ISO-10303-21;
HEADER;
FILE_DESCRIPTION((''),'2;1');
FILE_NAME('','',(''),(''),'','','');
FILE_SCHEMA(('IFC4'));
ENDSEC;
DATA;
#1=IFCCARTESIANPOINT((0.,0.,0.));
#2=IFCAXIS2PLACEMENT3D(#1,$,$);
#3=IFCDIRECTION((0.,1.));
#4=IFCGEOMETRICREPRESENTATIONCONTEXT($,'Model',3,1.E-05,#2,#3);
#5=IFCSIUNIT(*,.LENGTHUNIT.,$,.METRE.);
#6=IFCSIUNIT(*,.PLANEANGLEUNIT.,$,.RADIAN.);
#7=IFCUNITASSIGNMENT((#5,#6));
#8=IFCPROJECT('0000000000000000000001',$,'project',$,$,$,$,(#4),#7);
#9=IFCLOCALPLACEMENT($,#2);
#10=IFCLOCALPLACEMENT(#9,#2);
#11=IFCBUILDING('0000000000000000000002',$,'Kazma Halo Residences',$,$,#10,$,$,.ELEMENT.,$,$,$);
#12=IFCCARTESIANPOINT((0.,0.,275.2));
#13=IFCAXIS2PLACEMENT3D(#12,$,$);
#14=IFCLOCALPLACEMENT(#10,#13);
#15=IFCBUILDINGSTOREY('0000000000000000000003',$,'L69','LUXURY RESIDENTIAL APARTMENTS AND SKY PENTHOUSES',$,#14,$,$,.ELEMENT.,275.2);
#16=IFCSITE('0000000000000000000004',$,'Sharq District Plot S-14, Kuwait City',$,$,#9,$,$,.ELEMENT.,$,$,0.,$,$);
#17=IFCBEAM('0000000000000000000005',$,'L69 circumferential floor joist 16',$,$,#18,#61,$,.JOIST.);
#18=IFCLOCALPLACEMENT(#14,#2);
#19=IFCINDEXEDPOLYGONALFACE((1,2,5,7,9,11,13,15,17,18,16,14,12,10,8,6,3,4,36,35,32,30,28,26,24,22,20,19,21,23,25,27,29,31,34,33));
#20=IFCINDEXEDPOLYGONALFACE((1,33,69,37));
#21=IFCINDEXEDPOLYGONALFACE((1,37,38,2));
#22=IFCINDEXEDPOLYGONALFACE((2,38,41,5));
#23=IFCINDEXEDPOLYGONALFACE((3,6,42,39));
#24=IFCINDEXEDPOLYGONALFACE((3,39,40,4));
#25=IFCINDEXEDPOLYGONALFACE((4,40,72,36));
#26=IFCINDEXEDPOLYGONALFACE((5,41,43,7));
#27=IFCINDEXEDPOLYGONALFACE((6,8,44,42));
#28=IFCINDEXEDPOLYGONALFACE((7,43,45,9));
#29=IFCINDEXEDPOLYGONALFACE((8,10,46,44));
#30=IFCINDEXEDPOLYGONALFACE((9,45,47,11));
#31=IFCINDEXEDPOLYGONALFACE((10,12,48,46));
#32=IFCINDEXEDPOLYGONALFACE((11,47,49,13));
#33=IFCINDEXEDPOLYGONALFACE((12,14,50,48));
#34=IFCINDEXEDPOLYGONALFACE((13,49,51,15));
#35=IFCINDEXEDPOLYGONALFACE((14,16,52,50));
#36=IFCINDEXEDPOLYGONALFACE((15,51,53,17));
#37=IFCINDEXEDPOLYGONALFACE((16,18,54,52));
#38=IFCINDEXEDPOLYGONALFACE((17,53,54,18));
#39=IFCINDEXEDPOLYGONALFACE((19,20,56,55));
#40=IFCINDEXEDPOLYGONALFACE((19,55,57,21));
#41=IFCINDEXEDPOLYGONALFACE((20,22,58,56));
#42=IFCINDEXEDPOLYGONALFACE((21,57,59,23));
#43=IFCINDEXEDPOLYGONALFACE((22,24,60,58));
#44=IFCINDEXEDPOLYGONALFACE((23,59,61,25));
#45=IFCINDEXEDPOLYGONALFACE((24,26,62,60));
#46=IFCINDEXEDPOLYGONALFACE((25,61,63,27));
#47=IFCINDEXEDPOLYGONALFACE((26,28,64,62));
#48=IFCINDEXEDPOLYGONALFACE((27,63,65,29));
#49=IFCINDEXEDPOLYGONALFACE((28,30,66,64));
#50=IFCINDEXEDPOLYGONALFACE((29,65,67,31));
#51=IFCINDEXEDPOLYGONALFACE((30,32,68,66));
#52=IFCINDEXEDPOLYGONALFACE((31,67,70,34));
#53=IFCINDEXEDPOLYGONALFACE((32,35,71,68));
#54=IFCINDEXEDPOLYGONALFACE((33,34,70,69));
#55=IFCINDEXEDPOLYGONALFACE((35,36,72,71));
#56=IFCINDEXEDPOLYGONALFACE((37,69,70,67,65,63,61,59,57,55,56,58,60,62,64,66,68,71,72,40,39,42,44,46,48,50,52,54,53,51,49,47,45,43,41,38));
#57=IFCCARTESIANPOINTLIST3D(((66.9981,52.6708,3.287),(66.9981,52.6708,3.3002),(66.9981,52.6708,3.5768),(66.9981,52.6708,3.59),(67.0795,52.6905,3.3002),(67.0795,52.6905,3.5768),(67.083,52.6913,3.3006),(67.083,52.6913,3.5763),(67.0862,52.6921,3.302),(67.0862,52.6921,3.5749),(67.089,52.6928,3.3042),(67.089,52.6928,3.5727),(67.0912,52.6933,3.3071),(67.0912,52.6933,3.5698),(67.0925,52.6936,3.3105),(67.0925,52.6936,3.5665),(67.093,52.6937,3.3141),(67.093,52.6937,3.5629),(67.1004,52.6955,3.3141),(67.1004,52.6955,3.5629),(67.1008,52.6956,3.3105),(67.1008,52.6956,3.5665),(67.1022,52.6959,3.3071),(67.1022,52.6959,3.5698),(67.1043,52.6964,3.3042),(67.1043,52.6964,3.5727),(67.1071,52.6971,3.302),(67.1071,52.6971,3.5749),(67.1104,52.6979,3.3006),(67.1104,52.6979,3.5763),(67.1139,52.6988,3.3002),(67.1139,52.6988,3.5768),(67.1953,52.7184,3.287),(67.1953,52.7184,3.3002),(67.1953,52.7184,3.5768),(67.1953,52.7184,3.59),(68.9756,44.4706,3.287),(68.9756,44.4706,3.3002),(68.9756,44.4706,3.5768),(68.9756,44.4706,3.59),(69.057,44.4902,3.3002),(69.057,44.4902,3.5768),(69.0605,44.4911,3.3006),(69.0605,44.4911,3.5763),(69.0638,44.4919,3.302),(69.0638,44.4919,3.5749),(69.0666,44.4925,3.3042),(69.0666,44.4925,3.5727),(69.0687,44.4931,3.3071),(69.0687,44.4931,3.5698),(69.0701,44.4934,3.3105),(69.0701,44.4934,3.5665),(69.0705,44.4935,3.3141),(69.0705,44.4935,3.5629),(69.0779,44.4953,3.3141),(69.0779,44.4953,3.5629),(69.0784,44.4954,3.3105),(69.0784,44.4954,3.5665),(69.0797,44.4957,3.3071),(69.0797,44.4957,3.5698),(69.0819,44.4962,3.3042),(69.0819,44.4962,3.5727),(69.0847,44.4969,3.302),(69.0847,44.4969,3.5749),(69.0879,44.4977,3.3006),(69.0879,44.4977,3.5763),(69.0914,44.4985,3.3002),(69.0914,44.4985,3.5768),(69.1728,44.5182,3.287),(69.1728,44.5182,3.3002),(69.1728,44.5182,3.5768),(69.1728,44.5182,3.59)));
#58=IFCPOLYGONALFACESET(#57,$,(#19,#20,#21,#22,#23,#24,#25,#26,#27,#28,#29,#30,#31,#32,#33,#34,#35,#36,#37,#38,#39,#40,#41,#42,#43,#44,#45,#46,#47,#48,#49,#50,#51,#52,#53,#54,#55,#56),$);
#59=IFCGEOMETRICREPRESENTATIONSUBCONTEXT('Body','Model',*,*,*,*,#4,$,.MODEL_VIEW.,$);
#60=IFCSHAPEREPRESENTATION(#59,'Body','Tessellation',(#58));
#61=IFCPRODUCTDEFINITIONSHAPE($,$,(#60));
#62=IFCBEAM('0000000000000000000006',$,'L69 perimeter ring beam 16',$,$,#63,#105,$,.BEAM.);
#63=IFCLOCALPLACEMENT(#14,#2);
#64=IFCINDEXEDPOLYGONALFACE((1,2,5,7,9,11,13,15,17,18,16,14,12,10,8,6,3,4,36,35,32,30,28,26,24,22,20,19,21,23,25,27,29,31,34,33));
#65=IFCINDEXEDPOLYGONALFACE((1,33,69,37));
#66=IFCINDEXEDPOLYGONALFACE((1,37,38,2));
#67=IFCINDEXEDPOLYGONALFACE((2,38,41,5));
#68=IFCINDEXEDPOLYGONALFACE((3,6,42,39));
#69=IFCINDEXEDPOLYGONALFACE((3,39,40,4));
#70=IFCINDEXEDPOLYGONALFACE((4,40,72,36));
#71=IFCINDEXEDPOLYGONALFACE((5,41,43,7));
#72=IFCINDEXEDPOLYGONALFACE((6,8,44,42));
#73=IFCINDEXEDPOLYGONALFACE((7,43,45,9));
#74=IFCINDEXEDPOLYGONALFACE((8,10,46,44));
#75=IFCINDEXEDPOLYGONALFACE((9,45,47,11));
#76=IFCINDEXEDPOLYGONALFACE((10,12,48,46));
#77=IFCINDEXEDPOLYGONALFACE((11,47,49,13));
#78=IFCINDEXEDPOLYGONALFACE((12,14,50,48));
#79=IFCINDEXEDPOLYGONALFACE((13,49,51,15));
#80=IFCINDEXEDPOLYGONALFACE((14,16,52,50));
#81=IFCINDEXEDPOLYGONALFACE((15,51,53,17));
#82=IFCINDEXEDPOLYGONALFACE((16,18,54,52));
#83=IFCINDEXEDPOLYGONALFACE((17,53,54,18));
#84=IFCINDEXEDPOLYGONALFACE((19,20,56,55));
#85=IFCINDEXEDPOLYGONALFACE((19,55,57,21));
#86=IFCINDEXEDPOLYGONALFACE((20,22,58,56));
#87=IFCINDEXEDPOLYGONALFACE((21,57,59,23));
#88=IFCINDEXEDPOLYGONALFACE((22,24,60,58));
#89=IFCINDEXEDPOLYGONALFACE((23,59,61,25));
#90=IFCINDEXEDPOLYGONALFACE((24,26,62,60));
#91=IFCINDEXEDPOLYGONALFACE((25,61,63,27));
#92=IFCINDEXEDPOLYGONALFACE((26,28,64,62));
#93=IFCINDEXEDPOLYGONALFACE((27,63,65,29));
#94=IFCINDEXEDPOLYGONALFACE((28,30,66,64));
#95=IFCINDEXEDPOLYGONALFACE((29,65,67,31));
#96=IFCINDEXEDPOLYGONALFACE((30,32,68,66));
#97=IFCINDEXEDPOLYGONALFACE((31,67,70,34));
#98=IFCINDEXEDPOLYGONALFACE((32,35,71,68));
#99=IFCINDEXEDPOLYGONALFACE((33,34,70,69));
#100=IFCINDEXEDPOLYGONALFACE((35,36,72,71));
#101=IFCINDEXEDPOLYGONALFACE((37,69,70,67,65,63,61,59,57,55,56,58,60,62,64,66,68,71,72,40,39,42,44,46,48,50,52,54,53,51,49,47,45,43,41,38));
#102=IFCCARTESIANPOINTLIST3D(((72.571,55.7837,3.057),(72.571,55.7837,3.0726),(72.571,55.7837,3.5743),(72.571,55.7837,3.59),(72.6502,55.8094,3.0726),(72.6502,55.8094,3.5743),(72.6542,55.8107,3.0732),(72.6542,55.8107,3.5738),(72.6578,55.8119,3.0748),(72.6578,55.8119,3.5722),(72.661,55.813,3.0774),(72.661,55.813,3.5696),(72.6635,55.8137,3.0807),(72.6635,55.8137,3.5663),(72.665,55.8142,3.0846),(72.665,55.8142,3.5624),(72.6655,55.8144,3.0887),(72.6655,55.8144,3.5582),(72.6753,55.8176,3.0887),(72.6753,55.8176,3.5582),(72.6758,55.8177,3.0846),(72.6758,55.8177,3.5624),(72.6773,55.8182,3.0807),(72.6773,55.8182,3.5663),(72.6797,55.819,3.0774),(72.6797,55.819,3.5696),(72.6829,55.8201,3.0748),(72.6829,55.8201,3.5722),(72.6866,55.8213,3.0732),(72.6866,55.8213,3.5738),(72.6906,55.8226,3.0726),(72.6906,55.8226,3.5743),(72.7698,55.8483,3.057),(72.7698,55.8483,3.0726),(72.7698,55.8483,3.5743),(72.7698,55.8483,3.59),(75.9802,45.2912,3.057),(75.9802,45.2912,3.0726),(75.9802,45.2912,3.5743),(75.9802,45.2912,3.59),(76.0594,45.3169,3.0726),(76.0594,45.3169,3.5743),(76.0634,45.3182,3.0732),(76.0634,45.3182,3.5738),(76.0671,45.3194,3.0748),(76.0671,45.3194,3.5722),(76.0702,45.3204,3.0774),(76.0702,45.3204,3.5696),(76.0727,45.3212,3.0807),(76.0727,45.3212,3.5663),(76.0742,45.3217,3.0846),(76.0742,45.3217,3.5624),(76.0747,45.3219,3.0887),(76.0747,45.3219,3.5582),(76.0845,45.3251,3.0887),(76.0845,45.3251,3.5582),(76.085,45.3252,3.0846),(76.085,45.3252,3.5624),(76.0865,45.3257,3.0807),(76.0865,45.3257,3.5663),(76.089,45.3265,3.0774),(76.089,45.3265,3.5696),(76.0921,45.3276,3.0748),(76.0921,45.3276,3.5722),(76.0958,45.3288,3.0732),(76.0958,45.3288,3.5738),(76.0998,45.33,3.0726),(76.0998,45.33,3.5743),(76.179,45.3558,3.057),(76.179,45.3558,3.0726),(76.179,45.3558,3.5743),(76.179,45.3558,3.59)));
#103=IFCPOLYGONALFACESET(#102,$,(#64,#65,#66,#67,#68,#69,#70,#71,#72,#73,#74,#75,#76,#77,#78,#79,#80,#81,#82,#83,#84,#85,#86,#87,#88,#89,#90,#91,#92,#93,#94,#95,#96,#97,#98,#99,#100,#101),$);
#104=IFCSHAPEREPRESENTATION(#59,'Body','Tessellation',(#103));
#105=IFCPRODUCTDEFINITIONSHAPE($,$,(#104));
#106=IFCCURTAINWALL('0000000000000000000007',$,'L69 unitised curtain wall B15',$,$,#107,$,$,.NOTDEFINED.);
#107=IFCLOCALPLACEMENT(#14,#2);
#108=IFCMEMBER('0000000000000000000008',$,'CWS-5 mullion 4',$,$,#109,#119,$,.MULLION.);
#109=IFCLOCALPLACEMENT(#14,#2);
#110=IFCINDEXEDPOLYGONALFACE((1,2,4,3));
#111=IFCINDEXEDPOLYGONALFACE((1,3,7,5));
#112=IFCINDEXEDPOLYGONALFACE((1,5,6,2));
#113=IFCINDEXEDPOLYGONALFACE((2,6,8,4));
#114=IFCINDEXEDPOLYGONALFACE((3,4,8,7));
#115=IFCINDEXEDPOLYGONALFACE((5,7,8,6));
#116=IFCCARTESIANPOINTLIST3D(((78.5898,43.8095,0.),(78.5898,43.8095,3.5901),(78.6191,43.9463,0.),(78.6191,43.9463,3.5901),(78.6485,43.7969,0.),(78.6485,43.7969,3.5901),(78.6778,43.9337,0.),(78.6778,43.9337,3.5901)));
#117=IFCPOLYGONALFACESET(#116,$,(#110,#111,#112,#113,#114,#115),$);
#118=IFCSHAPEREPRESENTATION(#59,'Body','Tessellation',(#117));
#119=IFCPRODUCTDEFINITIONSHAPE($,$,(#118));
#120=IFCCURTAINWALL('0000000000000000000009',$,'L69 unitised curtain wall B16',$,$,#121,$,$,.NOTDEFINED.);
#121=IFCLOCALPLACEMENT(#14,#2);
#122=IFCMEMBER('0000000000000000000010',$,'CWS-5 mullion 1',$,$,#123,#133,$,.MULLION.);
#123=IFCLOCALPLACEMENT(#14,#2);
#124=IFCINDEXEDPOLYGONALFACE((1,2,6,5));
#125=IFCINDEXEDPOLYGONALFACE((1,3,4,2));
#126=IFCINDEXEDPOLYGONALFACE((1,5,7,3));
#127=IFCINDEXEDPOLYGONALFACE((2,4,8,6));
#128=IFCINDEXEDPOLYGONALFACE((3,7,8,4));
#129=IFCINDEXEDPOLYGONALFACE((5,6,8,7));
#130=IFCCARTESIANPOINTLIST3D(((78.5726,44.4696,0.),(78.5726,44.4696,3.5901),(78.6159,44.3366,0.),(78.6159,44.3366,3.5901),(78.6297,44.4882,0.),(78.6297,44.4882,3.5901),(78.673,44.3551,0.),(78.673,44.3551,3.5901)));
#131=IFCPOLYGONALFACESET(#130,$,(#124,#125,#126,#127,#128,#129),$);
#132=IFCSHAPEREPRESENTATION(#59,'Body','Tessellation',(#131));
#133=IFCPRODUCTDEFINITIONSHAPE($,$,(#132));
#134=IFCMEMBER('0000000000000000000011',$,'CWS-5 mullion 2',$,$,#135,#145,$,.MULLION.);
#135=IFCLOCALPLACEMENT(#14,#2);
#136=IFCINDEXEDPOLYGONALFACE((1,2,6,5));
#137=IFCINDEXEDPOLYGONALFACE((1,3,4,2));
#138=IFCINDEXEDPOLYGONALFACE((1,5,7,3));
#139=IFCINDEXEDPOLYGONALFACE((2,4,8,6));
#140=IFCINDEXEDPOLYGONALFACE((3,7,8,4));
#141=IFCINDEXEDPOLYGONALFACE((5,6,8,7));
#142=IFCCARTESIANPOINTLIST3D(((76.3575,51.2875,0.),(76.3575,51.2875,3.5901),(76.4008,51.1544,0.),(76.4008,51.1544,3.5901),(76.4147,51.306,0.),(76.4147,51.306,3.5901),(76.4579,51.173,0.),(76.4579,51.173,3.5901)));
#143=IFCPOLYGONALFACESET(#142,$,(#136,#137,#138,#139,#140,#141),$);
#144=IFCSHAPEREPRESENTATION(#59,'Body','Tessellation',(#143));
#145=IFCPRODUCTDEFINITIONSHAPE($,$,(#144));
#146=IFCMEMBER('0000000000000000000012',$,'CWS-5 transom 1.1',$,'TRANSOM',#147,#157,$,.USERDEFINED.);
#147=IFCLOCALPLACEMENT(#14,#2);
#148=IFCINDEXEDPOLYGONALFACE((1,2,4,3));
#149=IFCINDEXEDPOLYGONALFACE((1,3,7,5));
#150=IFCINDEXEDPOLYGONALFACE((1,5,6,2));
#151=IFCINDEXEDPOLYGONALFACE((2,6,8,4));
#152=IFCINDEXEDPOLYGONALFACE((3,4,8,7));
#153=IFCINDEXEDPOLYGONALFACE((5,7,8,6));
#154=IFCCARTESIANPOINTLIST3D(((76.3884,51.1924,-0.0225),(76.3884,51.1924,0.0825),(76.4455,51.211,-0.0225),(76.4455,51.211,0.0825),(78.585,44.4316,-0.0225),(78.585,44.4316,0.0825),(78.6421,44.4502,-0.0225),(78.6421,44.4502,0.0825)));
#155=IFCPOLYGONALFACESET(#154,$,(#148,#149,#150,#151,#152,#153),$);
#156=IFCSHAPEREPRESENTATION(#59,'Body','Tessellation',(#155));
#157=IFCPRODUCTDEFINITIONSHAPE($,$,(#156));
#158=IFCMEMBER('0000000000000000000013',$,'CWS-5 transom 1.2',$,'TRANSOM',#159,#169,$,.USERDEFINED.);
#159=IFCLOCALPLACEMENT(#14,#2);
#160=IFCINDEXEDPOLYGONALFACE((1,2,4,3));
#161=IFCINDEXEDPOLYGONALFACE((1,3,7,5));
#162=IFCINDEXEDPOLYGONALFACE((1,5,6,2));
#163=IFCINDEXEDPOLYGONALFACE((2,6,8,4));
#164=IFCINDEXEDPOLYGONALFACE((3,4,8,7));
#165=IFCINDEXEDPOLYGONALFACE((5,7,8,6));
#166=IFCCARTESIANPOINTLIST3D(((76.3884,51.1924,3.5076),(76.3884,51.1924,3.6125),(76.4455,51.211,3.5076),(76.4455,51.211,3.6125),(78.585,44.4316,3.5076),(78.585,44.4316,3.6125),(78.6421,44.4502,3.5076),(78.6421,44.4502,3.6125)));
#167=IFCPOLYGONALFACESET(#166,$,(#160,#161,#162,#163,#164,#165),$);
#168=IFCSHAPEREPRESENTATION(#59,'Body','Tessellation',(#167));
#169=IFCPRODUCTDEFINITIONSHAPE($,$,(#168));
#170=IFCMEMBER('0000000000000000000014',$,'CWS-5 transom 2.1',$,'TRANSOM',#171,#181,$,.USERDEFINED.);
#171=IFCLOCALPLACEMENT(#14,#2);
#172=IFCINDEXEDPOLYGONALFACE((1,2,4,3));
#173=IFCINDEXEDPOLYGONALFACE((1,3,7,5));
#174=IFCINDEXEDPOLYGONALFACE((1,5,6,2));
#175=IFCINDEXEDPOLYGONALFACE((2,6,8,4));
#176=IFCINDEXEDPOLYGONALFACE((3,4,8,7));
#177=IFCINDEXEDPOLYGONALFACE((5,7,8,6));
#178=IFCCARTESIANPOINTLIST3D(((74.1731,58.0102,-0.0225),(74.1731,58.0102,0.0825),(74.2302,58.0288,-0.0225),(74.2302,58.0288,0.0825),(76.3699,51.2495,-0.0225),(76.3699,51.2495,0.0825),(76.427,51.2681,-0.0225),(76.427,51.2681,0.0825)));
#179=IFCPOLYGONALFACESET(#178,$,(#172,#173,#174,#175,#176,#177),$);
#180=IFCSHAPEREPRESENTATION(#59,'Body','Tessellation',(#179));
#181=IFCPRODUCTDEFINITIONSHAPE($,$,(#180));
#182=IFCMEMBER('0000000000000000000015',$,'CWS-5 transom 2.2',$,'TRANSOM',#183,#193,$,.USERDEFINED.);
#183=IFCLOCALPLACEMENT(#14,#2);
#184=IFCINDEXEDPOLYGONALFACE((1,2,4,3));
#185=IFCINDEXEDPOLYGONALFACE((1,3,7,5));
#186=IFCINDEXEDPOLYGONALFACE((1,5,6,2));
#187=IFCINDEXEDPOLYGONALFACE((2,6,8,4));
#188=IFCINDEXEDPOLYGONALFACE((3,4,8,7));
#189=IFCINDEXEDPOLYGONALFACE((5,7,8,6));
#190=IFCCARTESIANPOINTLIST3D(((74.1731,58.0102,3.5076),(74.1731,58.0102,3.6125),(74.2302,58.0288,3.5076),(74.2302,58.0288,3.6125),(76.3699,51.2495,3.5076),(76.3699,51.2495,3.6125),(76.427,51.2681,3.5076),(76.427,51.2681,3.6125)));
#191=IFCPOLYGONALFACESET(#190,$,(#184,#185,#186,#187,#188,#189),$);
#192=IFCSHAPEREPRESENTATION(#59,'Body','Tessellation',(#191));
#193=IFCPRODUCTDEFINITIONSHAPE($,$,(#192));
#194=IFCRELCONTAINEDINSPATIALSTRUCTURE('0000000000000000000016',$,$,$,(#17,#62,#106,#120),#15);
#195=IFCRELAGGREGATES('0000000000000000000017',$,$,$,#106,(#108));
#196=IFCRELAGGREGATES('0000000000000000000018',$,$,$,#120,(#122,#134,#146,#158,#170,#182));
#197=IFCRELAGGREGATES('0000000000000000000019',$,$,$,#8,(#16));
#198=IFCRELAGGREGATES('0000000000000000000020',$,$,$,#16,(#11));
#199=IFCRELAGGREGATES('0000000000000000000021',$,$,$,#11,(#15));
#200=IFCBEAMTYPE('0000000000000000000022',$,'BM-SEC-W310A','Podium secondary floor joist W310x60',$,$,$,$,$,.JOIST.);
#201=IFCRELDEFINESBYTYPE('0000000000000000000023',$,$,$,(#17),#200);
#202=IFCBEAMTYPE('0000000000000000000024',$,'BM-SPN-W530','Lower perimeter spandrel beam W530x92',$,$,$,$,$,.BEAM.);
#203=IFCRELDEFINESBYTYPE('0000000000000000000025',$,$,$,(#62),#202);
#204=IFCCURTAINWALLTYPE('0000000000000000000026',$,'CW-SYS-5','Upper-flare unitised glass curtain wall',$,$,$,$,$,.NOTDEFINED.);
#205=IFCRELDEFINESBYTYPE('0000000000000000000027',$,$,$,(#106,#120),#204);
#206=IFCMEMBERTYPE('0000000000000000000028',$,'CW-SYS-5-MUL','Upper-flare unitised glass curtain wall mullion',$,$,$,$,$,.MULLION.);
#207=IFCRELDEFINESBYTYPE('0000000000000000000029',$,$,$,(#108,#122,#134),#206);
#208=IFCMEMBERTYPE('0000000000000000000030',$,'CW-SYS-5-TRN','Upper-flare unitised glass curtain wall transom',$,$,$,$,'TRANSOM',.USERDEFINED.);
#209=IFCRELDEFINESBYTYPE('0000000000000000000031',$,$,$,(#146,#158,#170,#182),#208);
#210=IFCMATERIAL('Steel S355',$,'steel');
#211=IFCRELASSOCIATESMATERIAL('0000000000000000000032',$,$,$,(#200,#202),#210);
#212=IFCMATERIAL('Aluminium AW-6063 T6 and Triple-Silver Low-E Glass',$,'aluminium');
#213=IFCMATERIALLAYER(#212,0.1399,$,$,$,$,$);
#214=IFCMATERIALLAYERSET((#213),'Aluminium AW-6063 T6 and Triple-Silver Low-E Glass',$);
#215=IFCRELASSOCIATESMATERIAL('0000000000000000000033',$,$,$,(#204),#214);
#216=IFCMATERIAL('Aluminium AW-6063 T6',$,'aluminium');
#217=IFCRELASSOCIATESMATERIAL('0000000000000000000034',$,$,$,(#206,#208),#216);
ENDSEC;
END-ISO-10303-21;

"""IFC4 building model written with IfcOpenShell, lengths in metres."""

from ifc_helpers import new_model, si_unit, direction, frame, origin, origin_2d, place, context, subcontext, project, spatial, rectangle, i_section, extrude, material, layer, layer_set, material_profile, profile_set, type_object, element, aggregate, save


model = new_model("IFC4")

# Units and contexts
model_context = context("Model", 3, precision=1e-05, world=origin(), true_north=direction((0.0, 1.0)))
body_context = subcontext(model_context, "Body", "Model", "MODEL_VIEW")
ifc_project = project(units=[si_unit("LENGTHUNIT", "METRE"), si_unit("PLANEANGLEUNIT", "RADIAN")], contexts=[model_context])

# Site, building, storey
site_placement = place(None, origin())
site = spatial("IfcSite", under=ifc_project, at=site_placement, Name="Sharq District Plot S-14, Kuwait City", CompositionType="ELEMENT", RefElevation=0.0)
building_placement = place(site_placement, origin())
building = spatial("IfcBuilding", under=site, at=building_placement, Name="Kazma Halo Residences", CompositionType="ELEMENT")
storey_placement = place(building_placement, frame((0.0, 0.0, 275.2)))
storey = spatial("IfcBuildingStorey", under=building, at=storey_placement, Name="L69", Description="LUXURY RESIDENTIAL APARTMENTS AND SKY PENTHOUSES", CompositionType="ELEMENT", Elevation=275.2)

# Beams
ifc_material_1 = material(Name="Steel S355", Category="steel")
ifc_material_profile_1 = material_profile(ifc_material_1, i_section(OverallWidth=0.2029, OverallDepth=0.303, WebThickness=0.0076, FlangeThickness=0.0132, FilletRadius=0.0139, at=origin_2d()), Name="W310x60")
ifc_profile_set_1 = profile_set([ifc_material_profile_1], Name="Steel S355")
beam_type_1 = type_object("IfcBeamType", Name="BM-SEC-W310A", Description="Podium secondary floor joist W310x60", PredefinedType="JOIST", material=ifc_profile_set_1)
beam_1_placement = place(storey_placement, frame((69.0742, 44.4944, 3.4385), z_axis=(-0.234437, 0.972131, 0.0), x_axis=(-0.972131, -0.234437, 0.0)))
element("IfcBeam", 1, at=beam_1_placement, inside=storey, type_object=beam_type_1, Name="L69 circumferential floor joist 16", PredefinedType="JOIST", context=body_context, shape_type="SweptSolid", body=[
    extrude(i_section(OverallWidth=0.2029, OverallDepth=0.303, WebThickness=0.0076, FlangeThickness=0.0132, FilletRadius=0.0139, at=origin_2d()), origin(), (0.0, 0.0, 1.0), 8.4353),
])
ifc_material_profile_2 = material_profile(ifc_material_1, i_section(OverallWidth=0.209, OverallDepth=0.533, WebThickness=0.0103, FlangeThickness=0.0156, FilletRadius=0.0161, at=origin_2d()), Name="W530x92")
ifc_profile_set_2 = profile_set([ifc_material_profile_2], Name="Steel S355")
beam_type_2 = type_object("IfcBeamType", Name="BM-SPN-W530", Description="Lower perimeter spandrel beam W530x92", PredefinedType="BEAM", material=ifc_profile_set_2)
beam_2_placement = place(storey_placement, frame((76.0796, 45.3235, 3.3235), z_axis=(-0.309016, 0.951057, 0.0), x_axis=(-0.951057, -0.309016, 0.0)))
element("IfcBeam", 2, at=beam_2_placement, inside=storey, type_object=beam_type_2, Name="L69 perimeter ring beam 16", PredefinedType="BEAM", context=body_context, shape_type="SweptSolid", body=[
    extrude(i_section(OverallWidth=0.209, OverallDepth=0.533, WebThickness=0.0103, FlangeThickness=0.0156, FilletRadius=0.0161, at=origin_2d()), origin(), (0.0, 0.0, 1.0), 11.0325),
])

# Curtain wall, member
ifc_material_2 = material(Name="Aluminium AW-6063 T6 and Triple-Silver Low-E Glass", Category="aluminium")
ifc_layer_1 = layer(ifc_material_2, 0.1399)
ifc_layer_set_1 = layer_set([ifc_layer_1], Name="Aluminium AW-6063 T6 and Triple-Silver Low-E Glass")
curtain_wall_type = type_object("IfcCurtainWallType", Name="CW-SYS-5", Description="Upper-flare unitised glass curtain wall", PredefinedType="NOTDEFINED", material=ifc_layer_set_1)
curtain_wall_1_placement = place(storey_placement, origin())
curtain_wall_1 = element("IfcCurtainWall", 3, at=curtain_wall_1_placement, inside=storey, type_object=curtain_wall_type, Name="L69 unitised curtain wall B15", PredefinedType="NOTDEFINED")
ifc_material_3 = material(Name="Aluminium AW-6063 T6", Category="aluminium")
ifc_material_profile_3 = material_profile(ifc_material_3, rectangle(XDim=0.0601, YDim=0.1399, at=origin_2d()), Name="CWM-60x140")
ifc_profile_set_3 = profile_set([ifc_material_profile_3], Name="Aluminium AW-6063 T6")
member_type_1 = type_object("IfcMemberType", Name="CW-SYS-5-MUL", Description="Upper-flare unitised glass curtain wall mullion", PredefinedType="MULLION", material=ifc_profile_set_3)
member_1_placement = place(storey_placement, frame((78.6338, 43.8716, 0.0), z_axis=(0.0, 0.0, 1.0), x_axis=(-0.977775, 0.209657, 0.0)))
member_1 = element("IfcMember", 4, at=member_1_placement, type_object=member_type_1, Name="CWS-5 mullion 4", PredefinedType="MULLION", context=body_context, shape_type="SweptSolid", body=[
    extrude(rectangle(XDim=0.0601, YDim=0.1399, at=origin_2d()), origin(), (0.0, 0.0, 1.0), 3.5901),
])
aggregate(curtain_wall_1, [member_1])

# Curtain wall, members
curtain_wall_2_placement = place(storey_placement, origin())
curtain_wall_2 = element("IfcCurtainWall", 5, at=curtain_wall_2_placement, inside=storey, type_object=curtain_wall_type, Name="L69 unitised curtain wall B16", PredefinedType="NOTDEFINED")
member_2_placement = place(storey_placement, frame((78.6228, 44.4124, 0.0), z_axis=(0.0, 0.0, 1.0), x_axis=(-0.951058, -0.309011, 0.0)))
member_2 = element("IfcMember", 6, at=member_2_placement, type_object=member_type_1, Name="CWS-5 mullion 1", PredefinedType="MULLION", context=body_context, shape_type="SweptSolid", body=[
    extrude(rectangle(XDim=0.0601, YDim=0.1399, at=origin_2d()), origin(), (0.0, 0.0, 1.0), 3.5901),
])
member_3_placement = place(storey_placement, frame((76.4077, 51.2302, 0.0), z_axis=(0.0, 0.0, 1.0), x_axis=(-0.951058, -0.309011, 0.0)))
member_3 = element("IfcMember", 7, at=member_3_placement, type_object=member_type_1, Name="CWS-5 mullion 2", PredefinedType="MULLION", context=body_context, shape_type="SweptSolid", body=[
    extrude(rectangle(XDim=0.0601, YDim=0.1399, at=origin_2d()), origin(), (0.0, 0.0, 1.0), 3.5901),
])
ifc_material_profile_4 = material_profile(ifc_material_3, rectangle(XDim=0.0601, YDim=0.105, at=origin_2d()), Name="CWT-60x105")
ifc_profile_set_4 = profile_set([ifc_material_profile_4], Name="Aluminium AW-6063 T6")
member_type_2 = type_object("IfcMemberType", Name="CW-SYS-5-TRN", Description="Upper-flare unitised glass curtain wall transom", ElementType="TRANSOM", PredefinedType="USERDEFINED", material=ifc_profile_set_4)
member_4_placement = place(storey_placement, frame((78.6135, 44.4409, 0.03), z_axis=(-0.308996, 0.951063, 0.0), x_axis=(-0.951063, -0.308996, 0.0)))
member_4 = element("IfcMember", 8, at=member_4_placement, type_object=member_type_2, Name="CWS-5 transom 1.1", ObjectType="TRANSOM", PredefinedType="USERDEFINED", context=body_context, shape_type="SweptSolid", body=[
    extrude(rectangle(XDim=0.0601, YDim=0.105, at=origin_2d()), origin(), (0.0, 0.0, 1.0), 7.1086),
])
member_5_placement = place(storey_placement, frame((78.6135, 44.4409, 3.5601), z_axis=(-0.308996, 0.951063, 0.0), x_axis=(-0.951063, -0.308996, 0.0)))
member_5 = element("IfcMember", 9, at=member_5_placement, type_object=member_type_2, Name="CWS-5 transom 1.2", ObjectType="TRANSOM", PredefinedType="USERDEFINED", context=body_context, shape_type="SweptSolid", body=[
    extrude(rectangle(XDim=0.0601, YDim=0.105, at=origin_2d()), origin(), (0.0, 0.0, 1.0), 7.1086),
])
member_6_placement = place(storey_placement, frame((76.3984, 51.2588, 0.03), z_axis=(-0.309027, 0.951053, 0.0), x_axis=(-0.951053, -0.309027, 0.0)))
member_6 = element("IfcMember", 10, at=member_6_placement, type_object=member_type_2, Name="CWS-5 transom 2.1", ObjectType="TRANSOM", PredefinedType="USERDEFINED", context=body_context, shape_type="SweptSolid", body=[
    extrude(rectangle(XDim=0.0601, YDim=0.105, at=origin_2d()), origin(), (0.0, 0.0, 1.0), 7.1086),
])
member_7_placement = place(storey_placement, frame((76.3984, 51.2588, 3.5601), z_axis=(-0.309027, 0.951053, 0.0), x_axis=(-0.951053, -0.309027, 0.0)))
member_7 = element("IfcMember", 11, at=member_7_placement, type_object=member_type_2, Name="CWS-5 transom 2.2", ObjectType="TRANSOM", PredefinedType="USERDEFINED", context=body_context, shape_type="SweptSolid", body=[
    extrude(rectangle(XDim=0.0601, YDim=0.105, at=origin_2d()), origin(), (0.0, 0.0, 1.0), 7.1086),
])
aggregate(curtain_wall_2, [member_2, member_3, member_4, member_5, member_6, member_7])

save(model, "model.ifc")
